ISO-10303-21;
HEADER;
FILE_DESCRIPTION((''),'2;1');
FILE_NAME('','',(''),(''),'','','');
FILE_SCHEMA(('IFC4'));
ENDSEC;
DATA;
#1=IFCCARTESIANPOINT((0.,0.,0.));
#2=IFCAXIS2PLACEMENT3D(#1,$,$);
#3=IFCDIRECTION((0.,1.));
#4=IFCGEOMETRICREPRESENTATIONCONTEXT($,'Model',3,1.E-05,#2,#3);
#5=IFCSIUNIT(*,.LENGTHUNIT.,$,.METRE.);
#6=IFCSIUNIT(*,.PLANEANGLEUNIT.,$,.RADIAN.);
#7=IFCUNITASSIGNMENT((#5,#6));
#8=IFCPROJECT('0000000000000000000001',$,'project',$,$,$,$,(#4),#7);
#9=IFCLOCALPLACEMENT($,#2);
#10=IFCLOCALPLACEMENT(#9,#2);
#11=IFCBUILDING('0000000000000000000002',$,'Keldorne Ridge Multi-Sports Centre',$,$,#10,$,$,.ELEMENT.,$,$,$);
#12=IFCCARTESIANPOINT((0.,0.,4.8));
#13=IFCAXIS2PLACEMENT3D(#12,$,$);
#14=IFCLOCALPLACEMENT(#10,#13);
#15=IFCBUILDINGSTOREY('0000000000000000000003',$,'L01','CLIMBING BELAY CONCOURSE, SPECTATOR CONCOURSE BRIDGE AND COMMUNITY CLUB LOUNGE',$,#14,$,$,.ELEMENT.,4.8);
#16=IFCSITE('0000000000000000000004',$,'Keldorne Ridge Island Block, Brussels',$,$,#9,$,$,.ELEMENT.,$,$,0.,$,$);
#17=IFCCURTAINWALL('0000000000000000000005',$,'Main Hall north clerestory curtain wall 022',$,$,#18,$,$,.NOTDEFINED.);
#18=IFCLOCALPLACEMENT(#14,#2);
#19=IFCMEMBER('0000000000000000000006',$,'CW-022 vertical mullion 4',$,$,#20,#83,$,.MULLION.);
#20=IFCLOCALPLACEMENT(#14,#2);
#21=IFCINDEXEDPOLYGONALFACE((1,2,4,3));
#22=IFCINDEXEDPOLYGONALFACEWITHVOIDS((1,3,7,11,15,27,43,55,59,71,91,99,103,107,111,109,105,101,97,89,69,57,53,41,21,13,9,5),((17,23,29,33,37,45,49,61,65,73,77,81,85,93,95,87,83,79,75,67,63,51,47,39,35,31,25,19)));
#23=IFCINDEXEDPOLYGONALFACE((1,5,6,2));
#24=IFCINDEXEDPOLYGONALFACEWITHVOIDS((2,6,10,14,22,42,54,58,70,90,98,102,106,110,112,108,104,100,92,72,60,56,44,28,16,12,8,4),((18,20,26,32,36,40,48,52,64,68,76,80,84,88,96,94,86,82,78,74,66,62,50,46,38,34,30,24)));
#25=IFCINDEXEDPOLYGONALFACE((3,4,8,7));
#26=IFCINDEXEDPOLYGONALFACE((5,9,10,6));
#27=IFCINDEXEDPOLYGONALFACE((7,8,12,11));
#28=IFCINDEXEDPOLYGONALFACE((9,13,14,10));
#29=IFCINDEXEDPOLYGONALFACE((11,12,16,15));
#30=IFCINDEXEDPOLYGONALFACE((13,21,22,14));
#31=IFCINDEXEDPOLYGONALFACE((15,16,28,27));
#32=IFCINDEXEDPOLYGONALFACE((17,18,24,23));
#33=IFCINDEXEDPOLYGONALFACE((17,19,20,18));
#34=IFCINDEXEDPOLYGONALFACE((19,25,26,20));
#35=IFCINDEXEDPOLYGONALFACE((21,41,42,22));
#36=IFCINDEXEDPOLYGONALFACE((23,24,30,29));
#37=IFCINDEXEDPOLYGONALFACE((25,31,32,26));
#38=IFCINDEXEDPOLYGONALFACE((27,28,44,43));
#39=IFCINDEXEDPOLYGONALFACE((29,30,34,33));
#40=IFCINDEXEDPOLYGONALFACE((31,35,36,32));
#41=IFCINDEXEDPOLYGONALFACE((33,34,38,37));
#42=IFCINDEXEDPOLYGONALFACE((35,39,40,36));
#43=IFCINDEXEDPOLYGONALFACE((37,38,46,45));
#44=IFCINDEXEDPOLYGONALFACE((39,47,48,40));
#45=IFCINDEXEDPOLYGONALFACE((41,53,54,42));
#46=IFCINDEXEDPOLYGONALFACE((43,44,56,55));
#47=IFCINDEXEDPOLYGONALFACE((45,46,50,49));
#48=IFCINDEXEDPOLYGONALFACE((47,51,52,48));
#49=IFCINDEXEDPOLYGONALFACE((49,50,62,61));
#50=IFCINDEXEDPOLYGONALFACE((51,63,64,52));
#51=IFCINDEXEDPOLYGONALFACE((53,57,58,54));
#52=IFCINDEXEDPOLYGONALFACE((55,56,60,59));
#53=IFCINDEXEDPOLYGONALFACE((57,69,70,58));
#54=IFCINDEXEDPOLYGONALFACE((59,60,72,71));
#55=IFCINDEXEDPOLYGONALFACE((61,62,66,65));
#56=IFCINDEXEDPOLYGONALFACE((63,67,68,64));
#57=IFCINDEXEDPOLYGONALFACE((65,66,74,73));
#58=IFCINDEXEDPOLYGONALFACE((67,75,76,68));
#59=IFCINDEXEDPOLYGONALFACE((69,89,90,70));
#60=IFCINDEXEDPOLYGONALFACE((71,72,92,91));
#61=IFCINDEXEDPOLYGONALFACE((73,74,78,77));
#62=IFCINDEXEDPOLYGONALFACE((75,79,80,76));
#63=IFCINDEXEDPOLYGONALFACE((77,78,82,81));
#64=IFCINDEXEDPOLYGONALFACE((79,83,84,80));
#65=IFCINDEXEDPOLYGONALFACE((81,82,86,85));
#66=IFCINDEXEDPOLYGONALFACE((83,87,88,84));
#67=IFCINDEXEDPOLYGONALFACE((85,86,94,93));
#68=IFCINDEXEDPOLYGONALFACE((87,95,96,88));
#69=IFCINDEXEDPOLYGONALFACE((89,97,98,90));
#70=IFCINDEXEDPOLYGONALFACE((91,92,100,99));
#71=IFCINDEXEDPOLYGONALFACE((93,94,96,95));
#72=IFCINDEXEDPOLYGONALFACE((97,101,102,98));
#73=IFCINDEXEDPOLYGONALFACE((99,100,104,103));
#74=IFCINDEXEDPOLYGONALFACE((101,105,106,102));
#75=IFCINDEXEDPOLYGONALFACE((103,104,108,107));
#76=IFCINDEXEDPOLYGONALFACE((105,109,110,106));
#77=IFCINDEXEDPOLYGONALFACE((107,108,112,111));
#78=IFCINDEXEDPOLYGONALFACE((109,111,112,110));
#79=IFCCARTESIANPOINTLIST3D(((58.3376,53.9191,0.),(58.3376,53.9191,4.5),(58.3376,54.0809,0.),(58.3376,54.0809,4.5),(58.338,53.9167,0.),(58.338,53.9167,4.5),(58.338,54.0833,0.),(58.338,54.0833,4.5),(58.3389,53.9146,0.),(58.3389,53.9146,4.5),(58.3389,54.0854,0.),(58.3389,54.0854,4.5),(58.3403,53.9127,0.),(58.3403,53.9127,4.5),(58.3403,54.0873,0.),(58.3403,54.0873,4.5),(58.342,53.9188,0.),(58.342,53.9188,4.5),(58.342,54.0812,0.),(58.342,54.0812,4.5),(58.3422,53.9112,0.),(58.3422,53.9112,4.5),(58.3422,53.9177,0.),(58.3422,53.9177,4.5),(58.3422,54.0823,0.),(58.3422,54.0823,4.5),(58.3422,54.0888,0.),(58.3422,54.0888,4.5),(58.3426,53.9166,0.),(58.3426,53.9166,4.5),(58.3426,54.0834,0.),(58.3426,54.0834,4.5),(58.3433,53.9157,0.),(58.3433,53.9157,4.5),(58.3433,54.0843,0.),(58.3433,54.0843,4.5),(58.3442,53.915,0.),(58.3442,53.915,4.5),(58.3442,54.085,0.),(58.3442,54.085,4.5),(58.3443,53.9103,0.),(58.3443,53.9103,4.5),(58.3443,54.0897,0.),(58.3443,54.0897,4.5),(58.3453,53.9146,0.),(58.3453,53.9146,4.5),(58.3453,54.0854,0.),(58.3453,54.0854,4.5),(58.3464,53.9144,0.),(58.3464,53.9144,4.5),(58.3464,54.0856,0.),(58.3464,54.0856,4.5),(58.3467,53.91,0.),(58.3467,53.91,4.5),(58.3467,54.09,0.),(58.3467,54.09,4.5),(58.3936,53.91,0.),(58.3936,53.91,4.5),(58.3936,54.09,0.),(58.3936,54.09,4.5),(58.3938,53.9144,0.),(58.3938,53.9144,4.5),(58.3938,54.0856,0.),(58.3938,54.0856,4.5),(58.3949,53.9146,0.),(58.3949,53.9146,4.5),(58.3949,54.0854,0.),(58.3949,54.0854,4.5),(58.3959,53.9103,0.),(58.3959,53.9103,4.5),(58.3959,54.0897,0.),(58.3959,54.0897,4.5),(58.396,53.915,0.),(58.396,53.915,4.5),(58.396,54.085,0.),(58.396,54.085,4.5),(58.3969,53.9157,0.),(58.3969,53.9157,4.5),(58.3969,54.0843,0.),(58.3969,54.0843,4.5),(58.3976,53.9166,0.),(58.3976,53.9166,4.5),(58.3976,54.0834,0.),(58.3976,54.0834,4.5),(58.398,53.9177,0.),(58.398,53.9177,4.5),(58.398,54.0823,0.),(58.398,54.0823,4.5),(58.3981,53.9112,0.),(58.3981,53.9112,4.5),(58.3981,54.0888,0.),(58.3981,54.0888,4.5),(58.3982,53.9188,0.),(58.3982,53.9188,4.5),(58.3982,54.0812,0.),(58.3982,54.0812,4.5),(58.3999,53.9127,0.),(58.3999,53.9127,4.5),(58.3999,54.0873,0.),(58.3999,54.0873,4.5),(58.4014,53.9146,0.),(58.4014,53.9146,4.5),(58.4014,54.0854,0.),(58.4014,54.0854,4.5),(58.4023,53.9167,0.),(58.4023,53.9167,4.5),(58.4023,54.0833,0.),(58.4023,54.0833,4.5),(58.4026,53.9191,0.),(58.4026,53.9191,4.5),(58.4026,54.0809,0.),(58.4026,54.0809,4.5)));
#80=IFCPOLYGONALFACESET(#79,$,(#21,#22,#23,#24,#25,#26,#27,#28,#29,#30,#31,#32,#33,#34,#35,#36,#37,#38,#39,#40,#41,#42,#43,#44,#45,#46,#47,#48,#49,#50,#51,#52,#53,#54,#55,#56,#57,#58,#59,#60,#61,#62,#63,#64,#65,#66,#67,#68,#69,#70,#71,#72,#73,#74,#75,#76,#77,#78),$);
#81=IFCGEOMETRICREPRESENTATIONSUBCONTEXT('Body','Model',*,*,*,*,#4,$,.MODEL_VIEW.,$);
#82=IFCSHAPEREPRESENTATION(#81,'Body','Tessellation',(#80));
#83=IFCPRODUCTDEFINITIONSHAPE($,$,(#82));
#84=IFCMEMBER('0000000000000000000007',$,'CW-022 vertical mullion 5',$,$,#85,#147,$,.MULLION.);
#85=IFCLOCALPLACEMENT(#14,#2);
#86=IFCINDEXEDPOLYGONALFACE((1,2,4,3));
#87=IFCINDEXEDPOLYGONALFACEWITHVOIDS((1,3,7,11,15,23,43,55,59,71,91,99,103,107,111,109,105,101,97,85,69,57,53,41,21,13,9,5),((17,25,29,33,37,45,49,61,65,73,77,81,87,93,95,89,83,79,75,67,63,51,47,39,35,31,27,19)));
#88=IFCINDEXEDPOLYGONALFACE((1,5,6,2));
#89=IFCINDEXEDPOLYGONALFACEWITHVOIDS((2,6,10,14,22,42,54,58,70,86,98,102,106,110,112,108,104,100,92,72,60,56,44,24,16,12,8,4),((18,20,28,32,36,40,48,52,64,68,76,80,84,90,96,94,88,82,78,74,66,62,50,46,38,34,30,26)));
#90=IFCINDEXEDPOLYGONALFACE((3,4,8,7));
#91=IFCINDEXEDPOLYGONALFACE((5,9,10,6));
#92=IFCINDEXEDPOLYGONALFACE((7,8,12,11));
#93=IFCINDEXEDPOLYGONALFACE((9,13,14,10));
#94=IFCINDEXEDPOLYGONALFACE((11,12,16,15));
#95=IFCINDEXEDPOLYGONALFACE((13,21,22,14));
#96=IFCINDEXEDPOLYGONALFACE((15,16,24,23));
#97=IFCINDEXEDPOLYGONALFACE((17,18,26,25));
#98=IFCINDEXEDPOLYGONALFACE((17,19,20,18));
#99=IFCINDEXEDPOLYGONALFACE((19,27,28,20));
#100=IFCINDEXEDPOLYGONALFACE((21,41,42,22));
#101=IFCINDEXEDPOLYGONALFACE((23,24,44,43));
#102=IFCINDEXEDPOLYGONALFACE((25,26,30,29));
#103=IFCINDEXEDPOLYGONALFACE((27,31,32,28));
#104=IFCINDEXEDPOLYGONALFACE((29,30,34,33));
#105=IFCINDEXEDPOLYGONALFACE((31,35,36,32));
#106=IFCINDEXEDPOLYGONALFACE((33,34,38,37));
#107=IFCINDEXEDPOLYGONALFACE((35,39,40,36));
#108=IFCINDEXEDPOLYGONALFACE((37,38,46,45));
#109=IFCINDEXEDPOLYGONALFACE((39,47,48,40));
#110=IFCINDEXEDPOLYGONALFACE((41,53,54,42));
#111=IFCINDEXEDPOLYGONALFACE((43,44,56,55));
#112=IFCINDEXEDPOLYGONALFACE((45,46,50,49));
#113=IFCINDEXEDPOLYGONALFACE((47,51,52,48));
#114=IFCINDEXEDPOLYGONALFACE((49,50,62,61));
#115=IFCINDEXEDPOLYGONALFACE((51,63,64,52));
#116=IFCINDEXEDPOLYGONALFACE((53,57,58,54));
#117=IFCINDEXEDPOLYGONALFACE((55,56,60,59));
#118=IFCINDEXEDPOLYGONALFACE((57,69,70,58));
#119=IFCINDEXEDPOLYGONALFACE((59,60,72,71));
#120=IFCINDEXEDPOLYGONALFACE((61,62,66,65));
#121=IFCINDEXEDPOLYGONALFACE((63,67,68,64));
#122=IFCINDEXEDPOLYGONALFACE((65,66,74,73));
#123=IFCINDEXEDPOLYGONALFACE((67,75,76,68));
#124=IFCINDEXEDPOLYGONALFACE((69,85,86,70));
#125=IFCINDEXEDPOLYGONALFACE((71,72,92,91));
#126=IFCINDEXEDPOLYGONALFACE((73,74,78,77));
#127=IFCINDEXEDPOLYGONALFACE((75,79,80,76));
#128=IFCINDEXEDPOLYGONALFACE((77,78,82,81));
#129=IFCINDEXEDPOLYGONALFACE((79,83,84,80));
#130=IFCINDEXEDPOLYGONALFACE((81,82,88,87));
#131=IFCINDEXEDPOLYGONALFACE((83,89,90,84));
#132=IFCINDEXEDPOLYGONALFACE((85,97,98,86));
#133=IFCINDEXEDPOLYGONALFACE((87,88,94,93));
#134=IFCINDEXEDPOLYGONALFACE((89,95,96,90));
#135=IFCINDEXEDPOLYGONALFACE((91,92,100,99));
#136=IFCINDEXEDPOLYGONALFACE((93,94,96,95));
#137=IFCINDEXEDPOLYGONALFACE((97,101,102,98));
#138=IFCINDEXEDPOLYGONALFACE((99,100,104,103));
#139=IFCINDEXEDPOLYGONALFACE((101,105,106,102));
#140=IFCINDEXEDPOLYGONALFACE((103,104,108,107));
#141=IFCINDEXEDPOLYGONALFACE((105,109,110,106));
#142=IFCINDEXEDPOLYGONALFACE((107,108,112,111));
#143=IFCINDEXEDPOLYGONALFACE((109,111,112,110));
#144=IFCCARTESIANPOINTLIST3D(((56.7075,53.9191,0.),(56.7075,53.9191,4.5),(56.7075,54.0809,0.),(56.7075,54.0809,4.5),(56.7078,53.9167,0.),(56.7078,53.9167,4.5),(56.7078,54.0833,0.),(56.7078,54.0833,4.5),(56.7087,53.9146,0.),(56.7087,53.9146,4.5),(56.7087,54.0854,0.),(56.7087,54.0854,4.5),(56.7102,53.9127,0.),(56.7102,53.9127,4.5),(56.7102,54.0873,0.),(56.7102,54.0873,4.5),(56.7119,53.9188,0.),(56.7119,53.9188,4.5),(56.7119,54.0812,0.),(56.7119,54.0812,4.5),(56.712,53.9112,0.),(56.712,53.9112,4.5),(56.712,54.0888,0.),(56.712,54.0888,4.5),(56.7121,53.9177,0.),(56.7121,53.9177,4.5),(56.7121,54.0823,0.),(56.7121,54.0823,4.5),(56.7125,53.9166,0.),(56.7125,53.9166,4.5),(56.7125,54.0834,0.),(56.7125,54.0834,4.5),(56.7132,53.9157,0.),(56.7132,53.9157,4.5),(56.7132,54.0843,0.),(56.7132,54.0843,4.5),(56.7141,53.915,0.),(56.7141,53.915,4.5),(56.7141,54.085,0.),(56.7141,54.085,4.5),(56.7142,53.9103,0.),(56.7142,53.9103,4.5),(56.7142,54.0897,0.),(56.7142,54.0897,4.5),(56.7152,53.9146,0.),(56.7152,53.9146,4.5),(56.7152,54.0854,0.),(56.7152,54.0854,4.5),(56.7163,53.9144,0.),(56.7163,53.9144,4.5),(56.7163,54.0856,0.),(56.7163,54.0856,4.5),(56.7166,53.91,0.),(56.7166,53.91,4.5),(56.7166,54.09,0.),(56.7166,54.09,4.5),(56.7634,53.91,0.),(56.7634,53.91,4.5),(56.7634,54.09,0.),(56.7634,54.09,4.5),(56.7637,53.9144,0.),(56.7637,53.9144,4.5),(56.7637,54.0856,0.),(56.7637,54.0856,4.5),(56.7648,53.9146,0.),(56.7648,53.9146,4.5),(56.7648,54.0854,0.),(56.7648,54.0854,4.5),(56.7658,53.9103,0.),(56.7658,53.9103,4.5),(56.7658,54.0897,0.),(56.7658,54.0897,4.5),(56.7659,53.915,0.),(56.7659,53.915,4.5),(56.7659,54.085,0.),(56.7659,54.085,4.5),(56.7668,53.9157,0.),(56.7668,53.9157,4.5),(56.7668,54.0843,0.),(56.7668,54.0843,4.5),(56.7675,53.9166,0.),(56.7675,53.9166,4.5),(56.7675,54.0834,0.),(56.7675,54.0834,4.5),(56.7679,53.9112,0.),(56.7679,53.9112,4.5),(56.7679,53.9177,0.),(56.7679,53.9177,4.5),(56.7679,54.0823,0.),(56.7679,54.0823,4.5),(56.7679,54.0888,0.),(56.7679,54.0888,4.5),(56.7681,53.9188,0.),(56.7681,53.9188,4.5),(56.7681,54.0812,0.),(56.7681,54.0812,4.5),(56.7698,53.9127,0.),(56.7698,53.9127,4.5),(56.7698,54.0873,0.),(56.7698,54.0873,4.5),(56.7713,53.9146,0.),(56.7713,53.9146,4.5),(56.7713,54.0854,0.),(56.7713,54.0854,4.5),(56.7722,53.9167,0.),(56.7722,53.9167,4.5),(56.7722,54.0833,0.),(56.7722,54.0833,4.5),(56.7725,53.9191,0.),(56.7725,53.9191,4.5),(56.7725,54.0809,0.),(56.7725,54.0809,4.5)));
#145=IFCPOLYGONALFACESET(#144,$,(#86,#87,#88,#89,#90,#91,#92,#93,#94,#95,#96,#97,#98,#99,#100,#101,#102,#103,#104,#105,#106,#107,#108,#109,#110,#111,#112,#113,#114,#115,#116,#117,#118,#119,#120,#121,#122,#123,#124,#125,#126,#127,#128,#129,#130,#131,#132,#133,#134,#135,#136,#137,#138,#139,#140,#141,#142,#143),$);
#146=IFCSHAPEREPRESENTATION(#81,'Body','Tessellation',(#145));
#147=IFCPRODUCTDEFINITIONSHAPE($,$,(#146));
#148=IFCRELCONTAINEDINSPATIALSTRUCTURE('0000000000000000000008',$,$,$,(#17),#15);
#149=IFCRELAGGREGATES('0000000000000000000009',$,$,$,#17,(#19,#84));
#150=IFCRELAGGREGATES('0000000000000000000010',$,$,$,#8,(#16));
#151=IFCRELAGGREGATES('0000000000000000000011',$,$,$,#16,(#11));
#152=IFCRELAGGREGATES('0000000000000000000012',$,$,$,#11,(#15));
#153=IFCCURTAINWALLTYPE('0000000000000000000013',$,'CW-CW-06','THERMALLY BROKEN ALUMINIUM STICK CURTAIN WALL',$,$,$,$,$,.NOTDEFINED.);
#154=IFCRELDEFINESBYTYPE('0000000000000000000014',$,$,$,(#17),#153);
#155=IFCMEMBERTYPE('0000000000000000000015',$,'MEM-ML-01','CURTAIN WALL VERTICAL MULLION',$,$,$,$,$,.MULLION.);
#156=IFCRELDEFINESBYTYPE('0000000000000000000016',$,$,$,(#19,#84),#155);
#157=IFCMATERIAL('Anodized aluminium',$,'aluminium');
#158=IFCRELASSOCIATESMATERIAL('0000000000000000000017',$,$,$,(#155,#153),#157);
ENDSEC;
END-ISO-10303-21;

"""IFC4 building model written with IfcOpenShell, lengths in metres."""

from ifc_helpers import new_model, si_unit, direction, frame, origin, origin_2d, place, context, subcontext, project, spatial, hollow_rectangle, extrude, material, material_profile, profile_set, type_object, element, aggregate, save


model = new_model("IFC4")

# Units and contexts
model_context = context("Model", 3, precision=1e-05, world=origin(), true_north=direction((0.0, 1.0)))
body_context = subcontext(model_context, "Body", "Model", "MODEL_VIEW")
ifc_project = project(units=[si_unit("LENGTHUNIT", "METRE"), si_unit("PLANEANGLEUNIT", "RADIAN")], contexts=[model_context])

# Site, building, storey
site_placement = place(None, origin())
site = spatial("IfcSite", under=ifc_project, at=site_placement, Name="Keldorne Ridge Island Block, Brussels", CompositionType="ELEMENT", RefElevation=0.0)
building_placement = place(site_placement, origin())
building = spatial("IfcBuilding", under=site, at=building_placement, Name="Keldorne Ridge Multi-Sports Centre", CompositionType="ELEMENT")
storey_placement = place(building_placement, frame((0.0, 0.0, 4.8)))
storey = spatial("IfcBuildingStorey", under=building, at=storey_placement, Name="L01", Description="CLIMBING BELAY CONCOURSE, SPECTATOR CONCOURSE BRIDGE AND COMMUNITY CLUB LOUNGE", CompositionType="ELEMENT", Elevation=4.8)

# Curtain wall, members
ifc_material_1 = material(Name="Anodized aluminium", Category="aluminium")
ifc_material_profile_1 = material_profile(ifc_material_1, hollow_rectangle(XDim=0.0649, YDim=0.1799, WallThickness=0.0044, InnerFilletRadius=0.0044, OuterFilletRadius=0.009, at=origin_2d()), Name="ALU MULLION 180x65x4.5")
ifc_profile_set_1 = profile_set([ifc_material_profile_1], Name="Anodized aluminium")
member_type_1 = type_object("IfcMemberType", Name="MEM-ML-01", Description="CURTAIN WALL VERTICAL MULLION", PredefinedType="MULLION", material=ifc_profile_set_1)
curtain_wall_type_1 = type_object("IfcCurtainWallType", Name="CW-CW-06", Description="THERMALLY BROKEN ALUMINIUM STICK CURTAIN WALL", PredefinedType="NOTDEFINED", material=ifc_material_1)
curtain_wall_1_placement = place(storey_placement, origin())
curtain_wall_1 = element("IfcCurtainWall", 1, at=curtain_wall_1_placement, inside=storey, type_object=curtain_wall_type_1, Name="Main Hall north clerestory curtain wall 022", PredefinedType="NOTDEFINED")
member_1_placement = place(storey_placement, frame((58.3701, 54.0, 0.0), z_axis=(0.0, 0.0, 1.0), x_axis=(1.0, 0.0, 0.0)))
member_1 = element("IfcMember", 2, at=member_1_placement, type_object=member_type_1, Name="CW-022 vertical mullion 4", PredefinedType="MULLION", context=body_context, shape_type="SweptSolid", body=[
    extrude(hollow_rectangle(XDim=0.0649, YDim=0.1799, WallThickness=0.0044, InnerFilletRadius=0.0044, OuterFilletRadius=0.009, at=origin_2d()), origin(), (0.0, 0.0, 1.0), 4.5),
])
member_2_placement = place(storey_placement, frame((56.74, 54.0, 0.0), z_axis=(0.0, 0.0, 1.0), x_axis=(1.0, 0.0, 0.0)))
member_2 = element("IfcMember", 3, at=member_2_placement, type_object=member_type_1, Name="CW-022 vertical mullion 5", PredefinedType="MULLION", context=body_context, shape_type="SweptSolid", body=[
    extrude(hollow_rectangle(XDim=0.0649, YDim=0.1799, WallThickness=0.0044, InnerFilletRadius=0.0044, OuterFilletRadius=0.009, at=origin_2d()), origin(), (0.0, 0.0, 1.0), 4.5),
])

aggregate(curtain_wall_1, [member_1, member_2])

save(model, "model.ifc")
